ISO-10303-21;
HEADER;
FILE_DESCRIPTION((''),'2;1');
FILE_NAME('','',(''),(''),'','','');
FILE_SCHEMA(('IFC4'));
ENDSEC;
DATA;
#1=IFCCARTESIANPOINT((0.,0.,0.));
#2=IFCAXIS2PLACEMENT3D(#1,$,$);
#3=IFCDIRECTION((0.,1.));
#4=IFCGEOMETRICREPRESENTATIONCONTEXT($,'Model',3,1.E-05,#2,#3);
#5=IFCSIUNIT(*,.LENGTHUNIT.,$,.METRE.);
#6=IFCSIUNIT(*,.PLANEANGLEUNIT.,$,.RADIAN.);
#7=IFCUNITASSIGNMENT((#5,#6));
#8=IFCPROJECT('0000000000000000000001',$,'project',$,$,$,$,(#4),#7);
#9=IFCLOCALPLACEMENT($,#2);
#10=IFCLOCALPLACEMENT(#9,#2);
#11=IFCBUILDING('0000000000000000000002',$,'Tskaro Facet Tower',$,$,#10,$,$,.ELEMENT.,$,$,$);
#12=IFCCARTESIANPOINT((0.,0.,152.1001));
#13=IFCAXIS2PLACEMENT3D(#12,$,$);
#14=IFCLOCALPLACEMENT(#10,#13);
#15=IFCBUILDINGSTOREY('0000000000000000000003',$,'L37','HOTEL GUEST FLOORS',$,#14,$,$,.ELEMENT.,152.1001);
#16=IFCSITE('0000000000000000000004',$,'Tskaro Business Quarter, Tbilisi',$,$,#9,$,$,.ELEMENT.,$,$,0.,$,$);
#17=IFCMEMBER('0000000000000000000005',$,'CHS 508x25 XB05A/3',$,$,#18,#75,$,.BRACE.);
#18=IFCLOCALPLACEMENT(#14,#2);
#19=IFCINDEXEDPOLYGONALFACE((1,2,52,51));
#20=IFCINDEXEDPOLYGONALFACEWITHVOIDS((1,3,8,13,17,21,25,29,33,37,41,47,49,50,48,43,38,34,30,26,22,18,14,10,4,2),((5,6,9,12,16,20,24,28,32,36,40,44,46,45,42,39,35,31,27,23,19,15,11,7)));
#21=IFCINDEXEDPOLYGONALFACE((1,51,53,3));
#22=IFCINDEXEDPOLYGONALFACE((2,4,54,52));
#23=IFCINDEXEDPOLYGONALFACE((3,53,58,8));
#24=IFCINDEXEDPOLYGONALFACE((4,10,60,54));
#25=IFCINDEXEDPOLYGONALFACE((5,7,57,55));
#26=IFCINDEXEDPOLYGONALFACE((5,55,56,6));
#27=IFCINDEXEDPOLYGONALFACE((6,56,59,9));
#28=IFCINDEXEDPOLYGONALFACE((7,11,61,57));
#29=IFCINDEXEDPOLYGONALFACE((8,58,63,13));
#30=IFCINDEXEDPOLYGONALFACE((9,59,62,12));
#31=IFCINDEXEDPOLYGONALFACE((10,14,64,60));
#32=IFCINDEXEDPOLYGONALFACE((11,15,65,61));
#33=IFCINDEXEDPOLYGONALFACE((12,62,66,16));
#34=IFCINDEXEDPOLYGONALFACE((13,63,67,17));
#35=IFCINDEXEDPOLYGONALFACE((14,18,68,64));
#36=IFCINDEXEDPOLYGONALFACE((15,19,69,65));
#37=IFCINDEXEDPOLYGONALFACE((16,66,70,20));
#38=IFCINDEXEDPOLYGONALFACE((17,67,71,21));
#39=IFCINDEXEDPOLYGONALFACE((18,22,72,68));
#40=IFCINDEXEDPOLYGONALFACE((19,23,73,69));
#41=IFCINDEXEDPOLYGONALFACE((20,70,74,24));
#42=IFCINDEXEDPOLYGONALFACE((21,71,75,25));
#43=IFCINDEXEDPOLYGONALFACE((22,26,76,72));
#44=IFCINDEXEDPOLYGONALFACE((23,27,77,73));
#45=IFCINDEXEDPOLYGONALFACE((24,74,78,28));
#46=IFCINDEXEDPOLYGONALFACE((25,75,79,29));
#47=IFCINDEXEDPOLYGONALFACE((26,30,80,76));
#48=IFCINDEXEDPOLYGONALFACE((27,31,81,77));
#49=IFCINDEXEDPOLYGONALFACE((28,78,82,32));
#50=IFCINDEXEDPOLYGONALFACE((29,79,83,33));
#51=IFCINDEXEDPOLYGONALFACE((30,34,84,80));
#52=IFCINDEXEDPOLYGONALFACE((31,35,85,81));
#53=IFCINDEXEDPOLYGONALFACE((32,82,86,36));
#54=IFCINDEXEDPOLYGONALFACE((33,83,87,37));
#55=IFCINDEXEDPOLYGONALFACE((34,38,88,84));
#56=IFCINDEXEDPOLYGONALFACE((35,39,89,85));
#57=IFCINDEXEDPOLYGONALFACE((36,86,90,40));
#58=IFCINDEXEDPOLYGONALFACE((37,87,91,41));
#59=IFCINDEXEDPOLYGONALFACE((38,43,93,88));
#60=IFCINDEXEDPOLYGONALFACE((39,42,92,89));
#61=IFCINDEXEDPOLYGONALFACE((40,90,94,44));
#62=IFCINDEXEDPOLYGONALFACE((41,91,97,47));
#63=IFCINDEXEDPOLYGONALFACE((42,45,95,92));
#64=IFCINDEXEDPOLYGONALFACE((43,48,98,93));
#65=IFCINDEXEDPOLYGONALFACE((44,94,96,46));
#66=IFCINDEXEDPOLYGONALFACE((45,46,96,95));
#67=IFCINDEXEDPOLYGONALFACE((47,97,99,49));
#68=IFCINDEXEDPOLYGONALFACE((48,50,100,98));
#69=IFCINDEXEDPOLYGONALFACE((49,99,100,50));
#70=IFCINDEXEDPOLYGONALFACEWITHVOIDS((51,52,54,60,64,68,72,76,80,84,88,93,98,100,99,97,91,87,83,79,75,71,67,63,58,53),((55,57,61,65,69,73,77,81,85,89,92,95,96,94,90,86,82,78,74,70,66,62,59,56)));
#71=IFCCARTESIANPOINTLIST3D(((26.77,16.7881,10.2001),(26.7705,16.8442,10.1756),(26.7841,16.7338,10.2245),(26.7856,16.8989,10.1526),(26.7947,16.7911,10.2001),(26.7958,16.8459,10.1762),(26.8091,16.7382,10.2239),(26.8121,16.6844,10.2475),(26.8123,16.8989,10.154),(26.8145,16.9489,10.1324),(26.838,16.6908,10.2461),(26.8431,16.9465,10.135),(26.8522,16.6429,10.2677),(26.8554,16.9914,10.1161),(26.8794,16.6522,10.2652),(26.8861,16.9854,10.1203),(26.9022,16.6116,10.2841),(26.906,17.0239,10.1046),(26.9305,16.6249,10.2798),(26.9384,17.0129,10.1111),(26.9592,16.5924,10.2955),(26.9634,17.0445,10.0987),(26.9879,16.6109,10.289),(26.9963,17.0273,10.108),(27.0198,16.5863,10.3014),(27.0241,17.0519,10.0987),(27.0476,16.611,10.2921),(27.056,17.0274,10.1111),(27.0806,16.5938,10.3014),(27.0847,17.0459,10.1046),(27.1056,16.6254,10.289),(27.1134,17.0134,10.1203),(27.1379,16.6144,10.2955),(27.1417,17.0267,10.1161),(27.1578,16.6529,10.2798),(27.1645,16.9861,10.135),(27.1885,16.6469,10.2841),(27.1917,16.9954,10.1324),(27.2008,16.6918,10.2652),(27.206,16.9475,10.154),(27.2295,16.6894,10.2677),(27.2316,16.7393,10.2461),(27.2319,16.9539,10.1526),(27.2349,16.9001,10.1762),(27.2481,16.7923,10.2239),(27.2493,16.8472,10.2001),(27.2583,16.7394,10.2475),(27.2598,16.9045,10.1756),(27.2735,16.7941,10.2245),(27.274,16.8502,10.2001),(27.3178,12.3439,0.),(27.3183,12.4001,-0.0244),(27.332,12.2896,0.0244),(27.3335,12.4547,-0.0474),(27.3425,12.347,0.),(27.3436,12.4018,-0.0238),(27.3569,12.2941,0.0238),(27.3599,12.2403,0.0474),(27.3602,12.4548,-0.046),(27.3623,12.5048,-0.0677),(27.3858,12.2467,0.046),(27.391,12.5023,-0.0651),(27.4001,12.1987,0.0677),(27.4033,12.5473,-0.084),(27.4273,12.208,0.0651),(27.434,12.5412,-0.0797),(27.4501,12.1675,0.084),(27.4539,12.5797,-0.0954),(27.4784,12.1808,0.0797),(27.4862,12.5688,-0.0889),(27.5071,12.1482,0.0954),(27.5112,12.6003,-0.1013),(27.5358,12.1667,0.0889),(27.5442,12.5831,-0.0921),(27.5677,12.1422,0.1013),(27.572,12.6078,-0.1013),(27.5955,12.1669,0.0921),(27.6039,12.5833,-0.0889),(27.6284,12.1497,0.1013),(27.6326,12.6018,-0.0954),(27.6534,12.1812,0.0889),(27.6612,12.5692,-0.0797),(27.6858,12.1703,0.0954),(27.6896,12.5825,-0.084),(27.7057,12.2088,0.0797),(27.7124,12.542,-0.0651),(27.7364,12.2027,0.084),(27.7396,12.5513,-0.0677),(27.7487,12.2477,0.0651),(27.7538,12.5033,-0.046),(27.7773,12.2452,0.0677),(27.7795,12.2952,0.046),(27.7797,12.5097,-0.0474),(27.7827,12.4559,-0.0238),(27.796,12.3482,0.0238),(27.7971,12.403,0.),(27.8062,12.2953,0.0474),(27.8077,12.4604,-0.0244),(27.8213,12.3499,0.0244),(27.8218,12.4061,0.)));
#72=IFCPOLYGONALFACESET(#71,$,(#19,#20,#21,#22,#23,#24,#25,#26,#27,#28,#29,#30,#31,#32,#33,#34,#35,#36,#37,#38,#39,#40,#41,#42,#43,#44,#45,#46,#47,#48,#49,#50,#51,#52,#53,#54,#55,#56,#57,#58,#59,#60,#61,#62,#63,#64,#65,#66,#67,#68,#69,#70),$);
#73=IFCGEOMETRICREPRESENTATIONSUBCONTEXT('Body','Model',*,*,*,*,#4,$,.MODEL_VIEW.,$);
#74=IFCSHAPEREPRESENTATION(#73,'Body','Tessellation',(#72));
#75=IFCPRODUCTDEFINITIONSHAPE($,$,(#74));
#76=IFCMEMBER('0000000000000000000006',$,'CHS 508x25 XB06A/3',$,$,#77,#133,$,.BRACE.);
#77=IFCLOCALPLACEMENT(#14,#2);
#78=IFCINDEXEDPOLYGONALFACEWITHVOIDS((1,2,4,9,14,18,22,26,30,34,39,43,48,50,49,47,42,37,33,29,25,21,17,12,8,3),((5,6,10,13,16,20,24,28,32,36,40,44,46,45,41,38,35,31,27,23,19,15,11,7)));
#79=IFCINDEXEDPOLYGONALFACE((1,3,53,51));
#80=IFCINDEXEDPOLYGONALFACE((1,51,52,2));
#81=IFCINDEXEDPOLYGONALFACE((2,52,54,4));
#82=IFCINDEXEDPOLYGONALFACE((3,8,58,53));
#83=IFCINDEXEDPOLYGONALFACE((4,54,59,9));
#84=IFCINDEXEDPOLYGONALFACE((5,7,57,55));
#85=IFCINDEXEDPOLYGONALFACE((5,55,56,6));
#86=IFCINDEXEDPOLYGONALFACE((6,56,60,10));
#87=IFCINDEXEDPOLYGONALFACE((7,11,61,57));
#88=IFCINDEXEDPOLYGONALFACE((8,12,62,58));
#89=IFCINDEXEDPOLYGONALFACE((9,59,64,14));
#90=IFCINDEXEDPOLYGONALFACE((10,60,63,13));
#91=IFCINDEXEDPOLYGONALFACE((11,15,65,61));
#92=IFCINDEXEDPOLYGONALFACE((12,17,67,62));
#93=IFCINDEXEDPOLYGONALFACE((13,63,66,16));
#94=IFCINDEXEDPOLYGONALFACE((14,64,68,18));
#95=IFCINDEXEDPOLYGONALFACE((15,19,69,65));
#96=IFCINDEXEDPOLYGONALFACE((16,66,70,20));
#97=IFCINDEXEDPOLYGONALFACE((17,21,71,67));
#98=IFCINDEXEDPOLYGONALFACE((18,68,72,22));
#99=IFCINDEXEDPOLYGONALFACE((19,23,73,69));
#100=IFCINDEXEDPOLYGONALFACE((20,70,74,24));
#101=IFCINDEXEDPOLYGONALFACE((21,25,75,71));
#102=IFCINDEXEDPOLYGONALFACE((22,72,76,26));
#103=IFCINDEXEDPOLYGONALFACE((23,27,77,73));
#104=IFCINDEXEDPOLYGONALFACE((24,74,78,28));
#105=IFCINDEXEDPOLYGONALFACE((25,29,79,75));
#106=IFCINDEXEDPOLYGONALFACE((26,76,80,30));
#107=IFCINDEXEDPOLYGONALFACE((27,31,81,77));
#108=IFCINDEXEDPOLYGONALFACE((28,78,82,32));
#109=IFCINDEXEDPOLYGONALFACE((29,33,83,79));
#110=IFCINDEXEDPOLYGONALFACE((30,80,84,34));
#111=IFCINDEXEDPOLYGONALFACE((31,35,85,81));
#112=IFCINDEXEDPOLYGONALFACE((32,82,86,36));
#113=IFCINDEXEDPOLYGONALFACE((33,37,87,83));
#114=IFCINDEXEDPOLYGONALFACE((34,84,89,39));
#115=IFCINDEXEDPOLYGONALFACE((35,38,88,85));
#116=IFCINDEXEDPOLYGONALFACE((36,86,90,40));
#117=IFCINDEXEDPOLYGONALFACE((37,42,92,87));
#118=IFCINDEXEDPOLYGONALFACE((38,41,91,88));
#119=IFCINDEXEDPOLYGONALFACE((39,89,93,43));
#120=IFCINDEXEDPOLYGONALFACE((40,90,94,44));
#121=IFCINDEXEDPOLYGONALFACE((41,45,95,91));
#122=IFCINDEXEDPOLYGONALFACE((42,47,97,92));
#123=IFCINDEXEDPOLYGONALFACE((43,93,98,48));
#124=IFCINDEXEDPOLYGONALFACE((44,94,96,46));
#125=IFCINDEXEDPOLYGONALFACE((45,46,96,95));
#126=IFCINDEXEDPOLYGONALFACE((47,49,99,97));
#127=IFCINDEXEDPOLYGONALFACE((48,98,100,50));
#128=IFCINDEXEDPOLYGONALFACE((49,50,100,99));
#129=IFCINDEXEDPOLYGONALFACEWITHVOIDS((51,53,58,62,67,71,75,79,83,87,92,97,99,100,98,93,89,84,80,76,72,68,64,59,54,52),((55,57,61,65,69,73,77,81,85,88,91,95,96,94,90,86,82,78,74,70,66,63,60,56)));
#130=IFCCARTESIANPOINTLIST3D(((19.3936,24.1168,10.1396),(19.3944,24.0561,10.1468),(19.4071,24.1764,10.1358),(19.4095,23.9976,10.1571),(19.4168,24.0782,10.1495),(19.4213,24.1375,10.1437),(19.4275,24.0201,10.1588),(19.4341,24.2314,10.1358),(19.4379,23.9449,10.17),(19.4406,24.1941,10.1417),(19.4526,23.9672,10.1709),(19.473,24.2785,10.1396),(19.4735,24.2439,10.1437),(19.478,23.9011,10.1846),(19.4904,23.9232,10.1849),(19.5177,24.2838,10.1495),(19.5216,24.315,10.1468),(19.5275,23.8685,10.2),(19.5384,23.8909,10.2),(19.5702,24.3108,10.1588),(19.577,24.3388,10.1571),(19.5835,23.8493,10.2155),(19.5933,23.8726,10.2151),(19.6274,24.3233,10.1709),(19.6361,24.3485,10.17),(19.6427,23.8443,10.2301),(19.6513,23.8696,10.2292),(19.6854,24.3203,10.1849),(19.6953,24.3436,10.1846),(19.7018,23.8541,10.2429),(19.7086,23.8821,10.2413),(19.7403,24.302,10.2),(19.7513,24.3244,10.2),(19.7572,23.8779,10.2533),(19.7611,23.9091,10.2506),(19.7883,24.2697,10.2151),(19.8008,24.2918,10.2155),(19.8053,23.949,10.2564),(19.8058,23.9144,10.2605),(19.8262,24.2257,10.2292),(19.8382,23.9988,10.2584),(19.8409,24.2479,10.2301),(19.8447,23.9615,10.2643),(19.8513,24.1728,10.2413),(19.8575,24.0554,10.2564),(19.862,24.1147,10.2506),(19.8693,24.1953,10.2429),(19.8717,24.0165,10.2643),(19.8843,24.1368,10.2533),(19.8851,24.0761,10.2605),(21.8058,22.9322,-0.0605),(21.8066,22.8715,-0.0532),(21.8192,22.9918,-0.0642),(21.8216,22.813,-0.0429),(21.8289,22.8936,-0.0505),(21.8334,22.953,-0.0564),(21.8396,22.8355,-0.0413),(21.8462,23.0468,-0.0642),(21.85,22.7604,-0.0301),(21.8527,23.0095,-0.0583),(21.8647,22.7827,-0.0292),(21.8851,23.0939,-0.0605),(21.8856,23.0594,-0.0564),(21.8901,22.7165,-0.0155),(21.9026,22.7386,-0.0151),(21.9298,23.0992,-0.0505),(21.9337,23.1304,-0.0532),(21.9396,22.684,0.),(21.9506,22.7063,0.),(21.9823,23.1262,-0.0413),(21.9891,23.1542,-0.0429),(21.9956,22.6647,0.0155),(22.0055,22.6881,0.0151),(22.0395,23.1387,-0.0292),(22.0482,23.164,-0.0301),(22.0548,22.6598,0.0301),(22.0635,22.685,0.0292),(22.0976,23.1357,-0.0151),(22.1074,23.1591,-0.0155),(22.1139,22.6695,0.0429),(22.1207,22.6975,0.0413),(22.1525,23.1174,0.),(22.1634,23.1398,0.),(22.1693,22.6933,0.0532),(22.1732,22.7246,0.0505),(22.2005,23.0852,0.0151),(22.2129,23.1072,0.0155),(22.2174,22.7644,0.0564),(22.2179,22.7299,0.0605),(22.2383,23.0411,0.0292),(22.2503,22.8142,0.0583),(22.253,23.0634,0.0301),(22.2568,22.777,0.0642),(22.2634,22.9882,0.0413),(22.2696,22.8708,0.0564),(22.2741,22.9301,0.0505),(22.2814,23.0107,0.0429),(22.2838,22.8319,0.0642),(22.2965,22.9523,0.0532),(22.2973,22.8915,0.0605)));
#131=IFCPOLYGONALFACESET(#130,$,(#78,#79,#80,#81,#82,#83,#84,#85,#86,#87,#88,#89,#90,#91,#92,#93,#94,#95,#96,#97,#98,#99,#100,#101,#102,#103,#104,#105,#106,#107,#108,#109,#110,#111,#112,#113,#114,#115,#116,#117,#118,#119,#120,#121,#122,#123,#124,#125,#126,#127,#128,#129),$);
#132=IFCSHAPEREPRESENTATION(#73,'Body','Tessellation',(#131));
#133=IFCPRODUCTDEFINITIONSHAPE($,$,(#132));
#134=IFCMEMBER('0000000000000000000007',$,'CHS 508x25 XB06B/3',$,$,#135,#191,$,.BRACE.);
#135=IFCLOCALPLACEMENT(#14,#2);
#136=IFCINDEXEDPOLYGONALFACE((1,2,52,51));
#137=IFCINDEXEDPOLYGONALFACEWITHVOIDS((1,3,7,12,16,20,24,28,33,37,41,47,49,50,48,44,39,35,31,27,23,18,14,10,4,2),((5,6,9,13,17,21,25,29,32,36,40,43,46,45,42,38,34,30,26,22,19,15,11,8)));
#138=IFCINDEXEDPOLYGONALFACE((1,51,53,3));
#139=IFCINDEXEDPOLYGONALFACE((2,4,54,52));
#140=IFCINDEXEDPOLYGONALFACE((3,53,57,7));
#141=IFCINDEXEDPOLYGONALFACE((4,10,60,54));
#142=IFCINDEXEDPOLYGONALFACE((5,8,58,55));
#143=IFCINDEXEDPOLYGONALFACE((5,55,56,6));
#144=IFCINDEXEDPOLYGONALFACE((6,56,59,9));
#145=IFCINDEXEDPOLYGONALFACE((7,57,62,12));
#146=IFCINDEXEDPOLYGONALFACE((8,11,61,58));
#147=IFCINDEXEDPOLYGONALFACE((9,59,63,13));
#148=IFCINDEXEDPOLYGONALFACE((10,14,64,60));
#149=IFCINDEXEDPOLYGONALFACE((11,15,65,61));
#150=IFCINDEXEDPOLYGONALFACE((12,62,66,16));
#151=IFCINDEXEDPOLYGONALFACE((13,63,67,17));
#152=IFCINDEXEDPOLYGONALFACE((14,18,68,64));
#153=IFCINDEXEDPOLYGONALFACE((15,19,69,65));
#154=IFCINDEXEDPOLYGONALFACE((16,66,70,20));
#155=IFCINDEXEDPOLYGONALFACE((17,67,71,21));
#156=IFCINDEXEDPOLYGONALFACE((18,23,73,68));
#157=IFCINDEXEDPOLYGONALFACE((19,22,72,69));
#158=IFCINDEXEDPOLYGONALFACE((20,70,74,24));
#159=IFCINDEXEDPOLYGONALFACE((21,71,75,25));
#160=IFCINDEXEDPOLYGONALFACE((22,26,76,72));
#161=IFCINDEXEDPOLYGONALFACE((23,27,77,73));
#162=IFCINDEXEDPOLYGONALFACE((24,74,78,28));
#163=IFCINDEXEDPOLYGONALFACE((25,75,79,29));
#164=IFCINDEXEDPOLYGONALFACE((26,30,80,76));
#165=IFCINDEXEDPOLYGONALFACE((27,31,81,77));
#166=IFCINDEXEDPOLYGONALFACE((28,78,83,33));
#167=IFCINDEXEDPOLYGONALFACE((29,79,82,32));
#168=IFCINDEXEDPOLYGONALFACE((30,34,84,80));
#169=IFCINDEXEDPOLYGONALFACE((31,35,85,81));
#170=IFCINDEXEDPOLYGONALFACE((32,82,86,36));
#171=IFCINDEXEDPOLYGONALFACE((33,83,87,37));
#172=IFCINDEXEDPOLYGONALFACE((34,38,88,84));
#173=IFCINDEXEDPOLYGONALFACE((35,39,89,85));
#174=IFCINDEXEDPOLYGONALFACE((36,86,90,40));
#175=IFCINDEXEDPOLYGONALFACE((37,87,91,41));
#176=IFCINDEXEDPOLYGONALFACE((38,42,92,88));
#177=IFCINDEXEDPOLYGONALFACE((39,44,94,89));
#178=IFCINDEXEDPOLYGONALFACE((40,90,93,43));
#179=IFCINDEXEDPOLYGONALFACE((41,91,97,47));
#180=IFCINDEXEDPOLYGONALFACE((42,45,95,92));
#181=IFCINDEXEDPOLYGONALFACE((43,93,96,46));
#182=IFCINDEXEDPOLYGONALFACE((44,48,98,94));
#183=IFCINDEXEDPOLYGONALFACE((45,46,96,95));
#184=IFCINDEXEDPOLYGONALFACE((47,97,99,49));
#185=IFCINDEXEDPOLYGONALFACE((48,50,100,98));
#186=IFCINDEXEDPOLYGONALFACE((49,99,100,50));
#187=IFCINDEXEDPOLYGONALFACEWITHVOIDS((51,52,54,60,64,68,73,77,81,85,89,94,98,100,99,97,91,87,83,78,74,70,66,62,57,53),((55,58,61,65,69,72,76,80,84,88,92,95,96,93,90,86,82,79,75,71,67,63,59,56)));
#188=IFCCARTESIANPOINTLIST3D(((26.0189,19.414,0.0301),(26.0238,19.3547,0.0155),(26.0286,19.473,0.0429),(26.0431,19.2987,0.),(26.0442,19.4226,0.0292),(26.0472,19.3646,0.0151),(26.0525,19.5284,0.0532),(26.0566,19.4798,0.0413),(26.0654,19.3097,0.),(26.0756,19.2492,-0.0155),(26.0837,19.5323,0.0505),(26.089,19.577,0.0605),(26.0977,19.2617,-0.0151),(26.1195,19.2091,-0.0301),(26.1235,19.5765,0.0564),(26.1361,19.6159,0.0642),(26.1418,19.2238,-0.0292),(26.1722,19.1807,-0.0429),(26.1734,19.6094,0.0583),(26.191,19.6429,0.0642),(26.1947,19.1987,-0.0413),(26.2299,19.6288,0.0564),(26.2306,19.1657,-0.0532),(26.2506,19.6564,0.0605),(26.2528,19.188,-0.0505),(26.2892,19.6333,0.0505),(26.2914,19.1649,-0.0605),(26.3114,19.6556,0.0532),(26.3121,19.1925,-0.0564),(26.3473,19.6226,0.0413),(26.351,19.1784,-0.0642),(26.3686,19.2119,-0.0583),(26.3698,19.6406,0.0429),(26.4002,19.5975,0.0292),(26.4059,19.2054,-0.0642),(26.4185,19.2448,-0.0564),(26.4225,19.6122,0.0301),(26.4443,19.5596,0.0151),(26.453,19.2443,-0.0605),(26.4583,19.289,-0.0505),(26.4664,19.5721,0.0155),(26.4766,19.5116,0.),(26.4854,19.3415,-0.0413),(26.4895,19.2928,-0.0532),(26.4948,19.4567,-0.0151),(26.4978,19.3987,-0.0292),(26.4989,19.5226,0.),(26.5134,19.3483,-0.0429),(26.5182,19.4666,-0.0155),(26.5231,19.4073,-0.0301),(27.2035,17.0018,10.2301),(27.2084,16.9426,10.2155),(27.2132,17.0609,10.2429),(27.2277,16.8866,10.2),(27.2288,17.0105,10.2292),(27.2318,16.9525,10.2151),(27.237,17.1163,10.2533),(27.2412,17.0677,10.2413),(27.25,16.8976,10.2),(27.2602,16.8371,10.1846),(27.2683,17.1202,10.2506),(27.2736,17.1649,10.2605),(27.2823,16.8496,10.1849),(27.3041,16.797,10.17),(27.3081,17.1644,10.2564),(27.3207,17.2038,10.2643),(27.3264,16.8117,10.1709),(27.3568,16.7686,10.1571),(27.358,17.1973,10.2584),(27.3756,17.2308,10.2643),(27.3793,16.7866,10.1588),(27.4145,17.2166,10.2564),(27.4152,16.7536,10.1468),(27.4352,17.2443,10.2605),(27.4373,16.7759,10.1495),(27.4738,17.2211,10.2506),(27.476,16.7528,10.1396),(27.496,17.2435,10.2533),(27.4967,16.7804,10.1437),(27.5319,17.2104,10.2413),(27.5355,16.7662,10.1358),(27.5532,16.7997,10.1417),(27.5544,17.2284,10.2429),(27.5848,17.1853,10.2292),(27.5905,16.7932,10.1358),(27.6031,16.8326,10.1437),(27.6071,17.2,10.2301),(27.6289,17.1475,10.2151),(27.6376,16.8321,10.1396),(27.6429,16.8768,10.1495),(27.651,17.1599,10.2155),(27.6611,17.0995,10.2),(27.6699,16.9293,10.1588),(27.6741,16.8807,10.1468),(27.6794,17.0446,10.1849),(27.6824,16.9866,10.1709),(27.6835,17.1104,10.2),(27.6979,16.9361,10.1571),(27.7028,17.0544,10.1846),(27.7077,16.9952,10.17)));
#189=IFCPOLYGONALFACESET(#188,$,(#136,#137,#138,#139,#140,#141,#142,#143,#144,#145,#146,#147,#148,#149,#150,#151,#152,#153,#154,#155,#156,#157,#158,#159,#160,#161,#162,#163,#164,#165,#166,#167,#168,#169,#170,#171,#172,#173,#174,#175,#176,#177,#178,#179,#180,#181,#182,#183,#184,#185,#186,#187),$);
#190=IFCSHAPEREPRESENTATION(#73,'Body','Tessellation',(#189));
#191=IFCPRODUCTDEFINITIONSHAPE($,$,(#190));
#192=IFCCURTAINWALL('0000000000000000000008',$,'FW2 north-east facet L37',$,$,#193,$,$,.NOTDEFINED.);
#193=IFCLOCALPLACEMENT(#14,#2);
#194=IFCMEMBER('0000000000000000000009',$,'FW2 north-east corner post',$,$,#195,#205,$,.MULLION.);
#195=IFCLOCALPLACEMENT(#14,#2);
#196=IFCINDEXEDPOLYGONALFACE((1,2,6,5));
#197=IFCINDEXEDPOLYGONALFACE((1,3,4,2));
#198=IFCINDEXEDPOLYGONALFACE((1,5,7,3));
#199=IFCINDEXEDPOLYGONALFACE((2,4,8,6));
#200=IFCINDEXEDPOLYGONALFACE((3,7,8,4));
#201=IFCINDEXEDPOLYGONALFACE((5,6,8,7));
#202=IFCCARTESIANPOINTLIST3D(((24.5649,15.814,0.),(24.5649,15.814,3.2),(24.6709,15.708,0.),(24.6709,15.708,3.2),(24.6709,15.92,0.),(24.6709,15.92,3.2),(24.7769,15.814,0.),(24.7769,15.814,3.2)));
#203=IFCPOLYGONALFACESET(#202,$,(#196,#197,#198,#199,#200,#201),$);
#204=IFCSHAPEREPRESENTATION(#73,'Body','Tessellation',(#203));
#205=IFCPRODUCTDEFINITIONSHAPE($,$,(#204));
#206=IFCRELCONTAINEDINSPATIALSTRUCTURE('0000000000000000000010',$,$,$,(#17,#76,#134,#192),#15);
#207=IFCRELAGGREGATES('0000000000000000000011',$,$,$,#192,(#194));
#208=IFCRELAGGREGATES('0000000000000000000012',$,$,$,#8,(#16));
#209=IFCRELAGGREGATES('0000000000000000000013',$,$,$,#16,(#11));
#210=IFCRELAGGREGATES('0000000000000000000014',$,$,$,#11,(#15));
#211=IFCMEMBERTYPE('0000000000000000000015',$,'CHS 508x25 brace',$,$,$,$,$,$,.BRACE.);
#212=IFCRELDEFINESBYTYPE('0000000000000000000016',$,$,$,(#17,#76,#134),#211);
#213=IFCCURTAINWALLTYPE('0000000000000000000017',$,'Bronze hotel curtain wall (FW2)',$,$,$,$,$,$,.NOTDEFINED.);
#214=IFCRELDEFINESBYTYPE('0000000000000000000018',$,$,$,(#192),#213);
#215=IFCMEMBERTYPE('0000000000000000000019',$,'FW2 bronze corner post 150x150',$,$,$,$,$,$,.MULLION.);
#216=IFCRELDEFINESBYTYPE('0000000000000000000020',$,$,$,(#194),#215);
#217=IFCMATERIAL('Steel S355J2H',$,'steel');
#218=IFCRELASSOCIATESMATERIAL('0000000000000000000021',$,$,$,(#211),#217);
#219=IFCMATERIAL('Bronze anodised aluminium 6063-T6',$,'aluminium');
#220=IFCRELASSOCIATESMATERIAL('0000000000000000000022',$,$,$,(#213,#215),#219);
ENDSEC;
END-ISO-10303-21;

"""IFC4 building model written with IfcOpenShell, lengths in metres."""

from ifc_helpers import new_model, si_unit, direction, frame, origin, origin_2d, place, context, subcontext, project, spatial, rectangle, hollow_circle, extrude, material, material_profile, profile_set, type_object, element, aggregate, save


model = new_model("IFC4")

# Units and contexts
model_context = context("Model", 3, precision=1e-05, world=origin(), true_north=direction((0.0, 1.0)))
body_context = subcontext(model_context, "Body", "Model", "MODEL_VIEW")
ifc_project = project(units=[si_unit("LENGTHUNIT", "METRE"), si_unit("PLANEANGLEUNIT", "RADIAN")], contexts=[model_context])

# Site, building, storey
site_placement = place(None, origin())
site = spatial("IfcSite", under=ifc_project, at=site_placement, Name="Tskaro Business Quarter, Tbilisi", CompositionType="ELEMENT", RefElevation=0.0)
building_placement = place(site_placement, origin())
building = spatial("IfcBuilding", under=site, at=building_placement, Name="Tskaro Facet Tower", CompositionType="ELEMENT")
storey_placement = place(building_placement, frame((0.0, 0.0, 152.1001)))
storey = spatial("IfcBuildingStorey", under=building, at=storey_placement, Name="L37", Description="HOTEL GUEST FLOORS", CompositionType="ELEMENT", Elevation=152.1001)

# Shared definitions
ifc_material_1 = material(Name="Steel S355J2H", Category="steel")

# Members
ifc_material_profile_1 = material_profile(ifc_material_1, hollow_circle(Radius=0.2539, WallThickness=0.0249, at=origin_2d()), Name="CHS 508x25")
ifc_profile_set_1 = profile_set([ifc_material_profile_1], Name="Steel S355J2H")
member_type_1 = type_object("IfcMemberType", Name="CHS 508x25 brace", PredefinedType="BRACE", material=ifc_profile_set_1)
member_1_placement = place(storey_placement, frame((27.5698, 12.375, 0.0), z_axis=(-0.049181, 0.398948, 0.915654), x_axis=(-0.992487, -0.12235, 0.0)))
element("IfcMember", 1, at=member_1_placement, inside=storey, type_object=member_type_1, Name="CHS 508x25 XB05A/3", PredefinedType="BRACE", context=body_context, shape_type="SweptSolid", body=[
    extrude(hollow_circle(Radius=0.2539, WallThickness=0.0249, at=origin_2d()), origin(), (0.0, 0.0, 1.0), 11.1396),
])
for number, where, z_axis, x_axis, name in (
    (2, (22.0515, 22.9119, 0.0), (-0.228679, 0.112303, 0.967003), (-0.440806, -0.897602, 0.0), "CHS 508x25 XB06A/3"),
    (3, (26.271, 19.4106, 0.0), (0.112303, -0.228679, 0.967003), (0.897602, 0.440806, 0.0), "CHS 508x25 XB06B/3"),
):
    element("IfcMember", number, at=place(storey_placement, frame(where, z_axis=z_axis, x_axis=x_axis)), inside=storey, type_object=member_type_1, Name=name, PredefinedType="BRACE", context=body_context, shape_type="SweptSolid", body=[
        extrude(hollow_circle(Radius=0.2539, WallThickness=0.0249, at=origin_2d()), origin(), (0.0, 0.0, 1.0), 10.5481),
    ])

# Curtain wall, member
ifc_material_2 = material(Name="Bronze anodised aluminium 6063-T6", Category="aluminium")
curtain_wall_type = type_object("IfcCurtainWallType", Name="Bronze hotel curtain wall (FW2)", PredefinedType="NOTDEFINED", material=ifc_material_2)
curtain_wall_1_placement = place(storey_placement, origin())
curtain_wall_1 = element("IfcCurtainWall", 4, at=curtain_wall_1_placement, inside=storey, type_object=curtain_wall_type, Name="FW2 north-east facet L37", PredefinedType="NOTDEFINED")
ifc_material_profile_2 = material_profile(ifc_material_2, rectangle(XDim=0.1499, YDim=0.1499, at=origin_2d()), Name="Corner post 150x150")
ifc_profile_set_2 = profile_set([ifc_material_profile_2], Name="Bronze anodised aluminium 6063-T6")
member_type_2 = type_object("IfcMemberType", Name="FW2 bronze corner post 150x150", PredefinedType="MULLION", material=ifc_profile_set_2)
member_2_placement = place(storey_placement, frame((24.6709, 15.814, 0.0), z_axis=(0.0, 0.0, 1.0), x_axis=(-0.707107, 0.707107, 0.0)))
member_2 = element("IfcMember", 5, at=member_2_placement, type_object=member_type_2, Name="FW2 north-east corner post", PredefinedType="MULLION", context=body_context, shape_type="SweptSolid", body=[
    extrude(rectangle(XDim=0.1499, YDim=0.1499, at=origin_2d()), origin(), (0.0, 0.0, 1.0), 3.2),
])

aggregate(curtain_wall_1, [member_2])

save(model, "model.ifc")
